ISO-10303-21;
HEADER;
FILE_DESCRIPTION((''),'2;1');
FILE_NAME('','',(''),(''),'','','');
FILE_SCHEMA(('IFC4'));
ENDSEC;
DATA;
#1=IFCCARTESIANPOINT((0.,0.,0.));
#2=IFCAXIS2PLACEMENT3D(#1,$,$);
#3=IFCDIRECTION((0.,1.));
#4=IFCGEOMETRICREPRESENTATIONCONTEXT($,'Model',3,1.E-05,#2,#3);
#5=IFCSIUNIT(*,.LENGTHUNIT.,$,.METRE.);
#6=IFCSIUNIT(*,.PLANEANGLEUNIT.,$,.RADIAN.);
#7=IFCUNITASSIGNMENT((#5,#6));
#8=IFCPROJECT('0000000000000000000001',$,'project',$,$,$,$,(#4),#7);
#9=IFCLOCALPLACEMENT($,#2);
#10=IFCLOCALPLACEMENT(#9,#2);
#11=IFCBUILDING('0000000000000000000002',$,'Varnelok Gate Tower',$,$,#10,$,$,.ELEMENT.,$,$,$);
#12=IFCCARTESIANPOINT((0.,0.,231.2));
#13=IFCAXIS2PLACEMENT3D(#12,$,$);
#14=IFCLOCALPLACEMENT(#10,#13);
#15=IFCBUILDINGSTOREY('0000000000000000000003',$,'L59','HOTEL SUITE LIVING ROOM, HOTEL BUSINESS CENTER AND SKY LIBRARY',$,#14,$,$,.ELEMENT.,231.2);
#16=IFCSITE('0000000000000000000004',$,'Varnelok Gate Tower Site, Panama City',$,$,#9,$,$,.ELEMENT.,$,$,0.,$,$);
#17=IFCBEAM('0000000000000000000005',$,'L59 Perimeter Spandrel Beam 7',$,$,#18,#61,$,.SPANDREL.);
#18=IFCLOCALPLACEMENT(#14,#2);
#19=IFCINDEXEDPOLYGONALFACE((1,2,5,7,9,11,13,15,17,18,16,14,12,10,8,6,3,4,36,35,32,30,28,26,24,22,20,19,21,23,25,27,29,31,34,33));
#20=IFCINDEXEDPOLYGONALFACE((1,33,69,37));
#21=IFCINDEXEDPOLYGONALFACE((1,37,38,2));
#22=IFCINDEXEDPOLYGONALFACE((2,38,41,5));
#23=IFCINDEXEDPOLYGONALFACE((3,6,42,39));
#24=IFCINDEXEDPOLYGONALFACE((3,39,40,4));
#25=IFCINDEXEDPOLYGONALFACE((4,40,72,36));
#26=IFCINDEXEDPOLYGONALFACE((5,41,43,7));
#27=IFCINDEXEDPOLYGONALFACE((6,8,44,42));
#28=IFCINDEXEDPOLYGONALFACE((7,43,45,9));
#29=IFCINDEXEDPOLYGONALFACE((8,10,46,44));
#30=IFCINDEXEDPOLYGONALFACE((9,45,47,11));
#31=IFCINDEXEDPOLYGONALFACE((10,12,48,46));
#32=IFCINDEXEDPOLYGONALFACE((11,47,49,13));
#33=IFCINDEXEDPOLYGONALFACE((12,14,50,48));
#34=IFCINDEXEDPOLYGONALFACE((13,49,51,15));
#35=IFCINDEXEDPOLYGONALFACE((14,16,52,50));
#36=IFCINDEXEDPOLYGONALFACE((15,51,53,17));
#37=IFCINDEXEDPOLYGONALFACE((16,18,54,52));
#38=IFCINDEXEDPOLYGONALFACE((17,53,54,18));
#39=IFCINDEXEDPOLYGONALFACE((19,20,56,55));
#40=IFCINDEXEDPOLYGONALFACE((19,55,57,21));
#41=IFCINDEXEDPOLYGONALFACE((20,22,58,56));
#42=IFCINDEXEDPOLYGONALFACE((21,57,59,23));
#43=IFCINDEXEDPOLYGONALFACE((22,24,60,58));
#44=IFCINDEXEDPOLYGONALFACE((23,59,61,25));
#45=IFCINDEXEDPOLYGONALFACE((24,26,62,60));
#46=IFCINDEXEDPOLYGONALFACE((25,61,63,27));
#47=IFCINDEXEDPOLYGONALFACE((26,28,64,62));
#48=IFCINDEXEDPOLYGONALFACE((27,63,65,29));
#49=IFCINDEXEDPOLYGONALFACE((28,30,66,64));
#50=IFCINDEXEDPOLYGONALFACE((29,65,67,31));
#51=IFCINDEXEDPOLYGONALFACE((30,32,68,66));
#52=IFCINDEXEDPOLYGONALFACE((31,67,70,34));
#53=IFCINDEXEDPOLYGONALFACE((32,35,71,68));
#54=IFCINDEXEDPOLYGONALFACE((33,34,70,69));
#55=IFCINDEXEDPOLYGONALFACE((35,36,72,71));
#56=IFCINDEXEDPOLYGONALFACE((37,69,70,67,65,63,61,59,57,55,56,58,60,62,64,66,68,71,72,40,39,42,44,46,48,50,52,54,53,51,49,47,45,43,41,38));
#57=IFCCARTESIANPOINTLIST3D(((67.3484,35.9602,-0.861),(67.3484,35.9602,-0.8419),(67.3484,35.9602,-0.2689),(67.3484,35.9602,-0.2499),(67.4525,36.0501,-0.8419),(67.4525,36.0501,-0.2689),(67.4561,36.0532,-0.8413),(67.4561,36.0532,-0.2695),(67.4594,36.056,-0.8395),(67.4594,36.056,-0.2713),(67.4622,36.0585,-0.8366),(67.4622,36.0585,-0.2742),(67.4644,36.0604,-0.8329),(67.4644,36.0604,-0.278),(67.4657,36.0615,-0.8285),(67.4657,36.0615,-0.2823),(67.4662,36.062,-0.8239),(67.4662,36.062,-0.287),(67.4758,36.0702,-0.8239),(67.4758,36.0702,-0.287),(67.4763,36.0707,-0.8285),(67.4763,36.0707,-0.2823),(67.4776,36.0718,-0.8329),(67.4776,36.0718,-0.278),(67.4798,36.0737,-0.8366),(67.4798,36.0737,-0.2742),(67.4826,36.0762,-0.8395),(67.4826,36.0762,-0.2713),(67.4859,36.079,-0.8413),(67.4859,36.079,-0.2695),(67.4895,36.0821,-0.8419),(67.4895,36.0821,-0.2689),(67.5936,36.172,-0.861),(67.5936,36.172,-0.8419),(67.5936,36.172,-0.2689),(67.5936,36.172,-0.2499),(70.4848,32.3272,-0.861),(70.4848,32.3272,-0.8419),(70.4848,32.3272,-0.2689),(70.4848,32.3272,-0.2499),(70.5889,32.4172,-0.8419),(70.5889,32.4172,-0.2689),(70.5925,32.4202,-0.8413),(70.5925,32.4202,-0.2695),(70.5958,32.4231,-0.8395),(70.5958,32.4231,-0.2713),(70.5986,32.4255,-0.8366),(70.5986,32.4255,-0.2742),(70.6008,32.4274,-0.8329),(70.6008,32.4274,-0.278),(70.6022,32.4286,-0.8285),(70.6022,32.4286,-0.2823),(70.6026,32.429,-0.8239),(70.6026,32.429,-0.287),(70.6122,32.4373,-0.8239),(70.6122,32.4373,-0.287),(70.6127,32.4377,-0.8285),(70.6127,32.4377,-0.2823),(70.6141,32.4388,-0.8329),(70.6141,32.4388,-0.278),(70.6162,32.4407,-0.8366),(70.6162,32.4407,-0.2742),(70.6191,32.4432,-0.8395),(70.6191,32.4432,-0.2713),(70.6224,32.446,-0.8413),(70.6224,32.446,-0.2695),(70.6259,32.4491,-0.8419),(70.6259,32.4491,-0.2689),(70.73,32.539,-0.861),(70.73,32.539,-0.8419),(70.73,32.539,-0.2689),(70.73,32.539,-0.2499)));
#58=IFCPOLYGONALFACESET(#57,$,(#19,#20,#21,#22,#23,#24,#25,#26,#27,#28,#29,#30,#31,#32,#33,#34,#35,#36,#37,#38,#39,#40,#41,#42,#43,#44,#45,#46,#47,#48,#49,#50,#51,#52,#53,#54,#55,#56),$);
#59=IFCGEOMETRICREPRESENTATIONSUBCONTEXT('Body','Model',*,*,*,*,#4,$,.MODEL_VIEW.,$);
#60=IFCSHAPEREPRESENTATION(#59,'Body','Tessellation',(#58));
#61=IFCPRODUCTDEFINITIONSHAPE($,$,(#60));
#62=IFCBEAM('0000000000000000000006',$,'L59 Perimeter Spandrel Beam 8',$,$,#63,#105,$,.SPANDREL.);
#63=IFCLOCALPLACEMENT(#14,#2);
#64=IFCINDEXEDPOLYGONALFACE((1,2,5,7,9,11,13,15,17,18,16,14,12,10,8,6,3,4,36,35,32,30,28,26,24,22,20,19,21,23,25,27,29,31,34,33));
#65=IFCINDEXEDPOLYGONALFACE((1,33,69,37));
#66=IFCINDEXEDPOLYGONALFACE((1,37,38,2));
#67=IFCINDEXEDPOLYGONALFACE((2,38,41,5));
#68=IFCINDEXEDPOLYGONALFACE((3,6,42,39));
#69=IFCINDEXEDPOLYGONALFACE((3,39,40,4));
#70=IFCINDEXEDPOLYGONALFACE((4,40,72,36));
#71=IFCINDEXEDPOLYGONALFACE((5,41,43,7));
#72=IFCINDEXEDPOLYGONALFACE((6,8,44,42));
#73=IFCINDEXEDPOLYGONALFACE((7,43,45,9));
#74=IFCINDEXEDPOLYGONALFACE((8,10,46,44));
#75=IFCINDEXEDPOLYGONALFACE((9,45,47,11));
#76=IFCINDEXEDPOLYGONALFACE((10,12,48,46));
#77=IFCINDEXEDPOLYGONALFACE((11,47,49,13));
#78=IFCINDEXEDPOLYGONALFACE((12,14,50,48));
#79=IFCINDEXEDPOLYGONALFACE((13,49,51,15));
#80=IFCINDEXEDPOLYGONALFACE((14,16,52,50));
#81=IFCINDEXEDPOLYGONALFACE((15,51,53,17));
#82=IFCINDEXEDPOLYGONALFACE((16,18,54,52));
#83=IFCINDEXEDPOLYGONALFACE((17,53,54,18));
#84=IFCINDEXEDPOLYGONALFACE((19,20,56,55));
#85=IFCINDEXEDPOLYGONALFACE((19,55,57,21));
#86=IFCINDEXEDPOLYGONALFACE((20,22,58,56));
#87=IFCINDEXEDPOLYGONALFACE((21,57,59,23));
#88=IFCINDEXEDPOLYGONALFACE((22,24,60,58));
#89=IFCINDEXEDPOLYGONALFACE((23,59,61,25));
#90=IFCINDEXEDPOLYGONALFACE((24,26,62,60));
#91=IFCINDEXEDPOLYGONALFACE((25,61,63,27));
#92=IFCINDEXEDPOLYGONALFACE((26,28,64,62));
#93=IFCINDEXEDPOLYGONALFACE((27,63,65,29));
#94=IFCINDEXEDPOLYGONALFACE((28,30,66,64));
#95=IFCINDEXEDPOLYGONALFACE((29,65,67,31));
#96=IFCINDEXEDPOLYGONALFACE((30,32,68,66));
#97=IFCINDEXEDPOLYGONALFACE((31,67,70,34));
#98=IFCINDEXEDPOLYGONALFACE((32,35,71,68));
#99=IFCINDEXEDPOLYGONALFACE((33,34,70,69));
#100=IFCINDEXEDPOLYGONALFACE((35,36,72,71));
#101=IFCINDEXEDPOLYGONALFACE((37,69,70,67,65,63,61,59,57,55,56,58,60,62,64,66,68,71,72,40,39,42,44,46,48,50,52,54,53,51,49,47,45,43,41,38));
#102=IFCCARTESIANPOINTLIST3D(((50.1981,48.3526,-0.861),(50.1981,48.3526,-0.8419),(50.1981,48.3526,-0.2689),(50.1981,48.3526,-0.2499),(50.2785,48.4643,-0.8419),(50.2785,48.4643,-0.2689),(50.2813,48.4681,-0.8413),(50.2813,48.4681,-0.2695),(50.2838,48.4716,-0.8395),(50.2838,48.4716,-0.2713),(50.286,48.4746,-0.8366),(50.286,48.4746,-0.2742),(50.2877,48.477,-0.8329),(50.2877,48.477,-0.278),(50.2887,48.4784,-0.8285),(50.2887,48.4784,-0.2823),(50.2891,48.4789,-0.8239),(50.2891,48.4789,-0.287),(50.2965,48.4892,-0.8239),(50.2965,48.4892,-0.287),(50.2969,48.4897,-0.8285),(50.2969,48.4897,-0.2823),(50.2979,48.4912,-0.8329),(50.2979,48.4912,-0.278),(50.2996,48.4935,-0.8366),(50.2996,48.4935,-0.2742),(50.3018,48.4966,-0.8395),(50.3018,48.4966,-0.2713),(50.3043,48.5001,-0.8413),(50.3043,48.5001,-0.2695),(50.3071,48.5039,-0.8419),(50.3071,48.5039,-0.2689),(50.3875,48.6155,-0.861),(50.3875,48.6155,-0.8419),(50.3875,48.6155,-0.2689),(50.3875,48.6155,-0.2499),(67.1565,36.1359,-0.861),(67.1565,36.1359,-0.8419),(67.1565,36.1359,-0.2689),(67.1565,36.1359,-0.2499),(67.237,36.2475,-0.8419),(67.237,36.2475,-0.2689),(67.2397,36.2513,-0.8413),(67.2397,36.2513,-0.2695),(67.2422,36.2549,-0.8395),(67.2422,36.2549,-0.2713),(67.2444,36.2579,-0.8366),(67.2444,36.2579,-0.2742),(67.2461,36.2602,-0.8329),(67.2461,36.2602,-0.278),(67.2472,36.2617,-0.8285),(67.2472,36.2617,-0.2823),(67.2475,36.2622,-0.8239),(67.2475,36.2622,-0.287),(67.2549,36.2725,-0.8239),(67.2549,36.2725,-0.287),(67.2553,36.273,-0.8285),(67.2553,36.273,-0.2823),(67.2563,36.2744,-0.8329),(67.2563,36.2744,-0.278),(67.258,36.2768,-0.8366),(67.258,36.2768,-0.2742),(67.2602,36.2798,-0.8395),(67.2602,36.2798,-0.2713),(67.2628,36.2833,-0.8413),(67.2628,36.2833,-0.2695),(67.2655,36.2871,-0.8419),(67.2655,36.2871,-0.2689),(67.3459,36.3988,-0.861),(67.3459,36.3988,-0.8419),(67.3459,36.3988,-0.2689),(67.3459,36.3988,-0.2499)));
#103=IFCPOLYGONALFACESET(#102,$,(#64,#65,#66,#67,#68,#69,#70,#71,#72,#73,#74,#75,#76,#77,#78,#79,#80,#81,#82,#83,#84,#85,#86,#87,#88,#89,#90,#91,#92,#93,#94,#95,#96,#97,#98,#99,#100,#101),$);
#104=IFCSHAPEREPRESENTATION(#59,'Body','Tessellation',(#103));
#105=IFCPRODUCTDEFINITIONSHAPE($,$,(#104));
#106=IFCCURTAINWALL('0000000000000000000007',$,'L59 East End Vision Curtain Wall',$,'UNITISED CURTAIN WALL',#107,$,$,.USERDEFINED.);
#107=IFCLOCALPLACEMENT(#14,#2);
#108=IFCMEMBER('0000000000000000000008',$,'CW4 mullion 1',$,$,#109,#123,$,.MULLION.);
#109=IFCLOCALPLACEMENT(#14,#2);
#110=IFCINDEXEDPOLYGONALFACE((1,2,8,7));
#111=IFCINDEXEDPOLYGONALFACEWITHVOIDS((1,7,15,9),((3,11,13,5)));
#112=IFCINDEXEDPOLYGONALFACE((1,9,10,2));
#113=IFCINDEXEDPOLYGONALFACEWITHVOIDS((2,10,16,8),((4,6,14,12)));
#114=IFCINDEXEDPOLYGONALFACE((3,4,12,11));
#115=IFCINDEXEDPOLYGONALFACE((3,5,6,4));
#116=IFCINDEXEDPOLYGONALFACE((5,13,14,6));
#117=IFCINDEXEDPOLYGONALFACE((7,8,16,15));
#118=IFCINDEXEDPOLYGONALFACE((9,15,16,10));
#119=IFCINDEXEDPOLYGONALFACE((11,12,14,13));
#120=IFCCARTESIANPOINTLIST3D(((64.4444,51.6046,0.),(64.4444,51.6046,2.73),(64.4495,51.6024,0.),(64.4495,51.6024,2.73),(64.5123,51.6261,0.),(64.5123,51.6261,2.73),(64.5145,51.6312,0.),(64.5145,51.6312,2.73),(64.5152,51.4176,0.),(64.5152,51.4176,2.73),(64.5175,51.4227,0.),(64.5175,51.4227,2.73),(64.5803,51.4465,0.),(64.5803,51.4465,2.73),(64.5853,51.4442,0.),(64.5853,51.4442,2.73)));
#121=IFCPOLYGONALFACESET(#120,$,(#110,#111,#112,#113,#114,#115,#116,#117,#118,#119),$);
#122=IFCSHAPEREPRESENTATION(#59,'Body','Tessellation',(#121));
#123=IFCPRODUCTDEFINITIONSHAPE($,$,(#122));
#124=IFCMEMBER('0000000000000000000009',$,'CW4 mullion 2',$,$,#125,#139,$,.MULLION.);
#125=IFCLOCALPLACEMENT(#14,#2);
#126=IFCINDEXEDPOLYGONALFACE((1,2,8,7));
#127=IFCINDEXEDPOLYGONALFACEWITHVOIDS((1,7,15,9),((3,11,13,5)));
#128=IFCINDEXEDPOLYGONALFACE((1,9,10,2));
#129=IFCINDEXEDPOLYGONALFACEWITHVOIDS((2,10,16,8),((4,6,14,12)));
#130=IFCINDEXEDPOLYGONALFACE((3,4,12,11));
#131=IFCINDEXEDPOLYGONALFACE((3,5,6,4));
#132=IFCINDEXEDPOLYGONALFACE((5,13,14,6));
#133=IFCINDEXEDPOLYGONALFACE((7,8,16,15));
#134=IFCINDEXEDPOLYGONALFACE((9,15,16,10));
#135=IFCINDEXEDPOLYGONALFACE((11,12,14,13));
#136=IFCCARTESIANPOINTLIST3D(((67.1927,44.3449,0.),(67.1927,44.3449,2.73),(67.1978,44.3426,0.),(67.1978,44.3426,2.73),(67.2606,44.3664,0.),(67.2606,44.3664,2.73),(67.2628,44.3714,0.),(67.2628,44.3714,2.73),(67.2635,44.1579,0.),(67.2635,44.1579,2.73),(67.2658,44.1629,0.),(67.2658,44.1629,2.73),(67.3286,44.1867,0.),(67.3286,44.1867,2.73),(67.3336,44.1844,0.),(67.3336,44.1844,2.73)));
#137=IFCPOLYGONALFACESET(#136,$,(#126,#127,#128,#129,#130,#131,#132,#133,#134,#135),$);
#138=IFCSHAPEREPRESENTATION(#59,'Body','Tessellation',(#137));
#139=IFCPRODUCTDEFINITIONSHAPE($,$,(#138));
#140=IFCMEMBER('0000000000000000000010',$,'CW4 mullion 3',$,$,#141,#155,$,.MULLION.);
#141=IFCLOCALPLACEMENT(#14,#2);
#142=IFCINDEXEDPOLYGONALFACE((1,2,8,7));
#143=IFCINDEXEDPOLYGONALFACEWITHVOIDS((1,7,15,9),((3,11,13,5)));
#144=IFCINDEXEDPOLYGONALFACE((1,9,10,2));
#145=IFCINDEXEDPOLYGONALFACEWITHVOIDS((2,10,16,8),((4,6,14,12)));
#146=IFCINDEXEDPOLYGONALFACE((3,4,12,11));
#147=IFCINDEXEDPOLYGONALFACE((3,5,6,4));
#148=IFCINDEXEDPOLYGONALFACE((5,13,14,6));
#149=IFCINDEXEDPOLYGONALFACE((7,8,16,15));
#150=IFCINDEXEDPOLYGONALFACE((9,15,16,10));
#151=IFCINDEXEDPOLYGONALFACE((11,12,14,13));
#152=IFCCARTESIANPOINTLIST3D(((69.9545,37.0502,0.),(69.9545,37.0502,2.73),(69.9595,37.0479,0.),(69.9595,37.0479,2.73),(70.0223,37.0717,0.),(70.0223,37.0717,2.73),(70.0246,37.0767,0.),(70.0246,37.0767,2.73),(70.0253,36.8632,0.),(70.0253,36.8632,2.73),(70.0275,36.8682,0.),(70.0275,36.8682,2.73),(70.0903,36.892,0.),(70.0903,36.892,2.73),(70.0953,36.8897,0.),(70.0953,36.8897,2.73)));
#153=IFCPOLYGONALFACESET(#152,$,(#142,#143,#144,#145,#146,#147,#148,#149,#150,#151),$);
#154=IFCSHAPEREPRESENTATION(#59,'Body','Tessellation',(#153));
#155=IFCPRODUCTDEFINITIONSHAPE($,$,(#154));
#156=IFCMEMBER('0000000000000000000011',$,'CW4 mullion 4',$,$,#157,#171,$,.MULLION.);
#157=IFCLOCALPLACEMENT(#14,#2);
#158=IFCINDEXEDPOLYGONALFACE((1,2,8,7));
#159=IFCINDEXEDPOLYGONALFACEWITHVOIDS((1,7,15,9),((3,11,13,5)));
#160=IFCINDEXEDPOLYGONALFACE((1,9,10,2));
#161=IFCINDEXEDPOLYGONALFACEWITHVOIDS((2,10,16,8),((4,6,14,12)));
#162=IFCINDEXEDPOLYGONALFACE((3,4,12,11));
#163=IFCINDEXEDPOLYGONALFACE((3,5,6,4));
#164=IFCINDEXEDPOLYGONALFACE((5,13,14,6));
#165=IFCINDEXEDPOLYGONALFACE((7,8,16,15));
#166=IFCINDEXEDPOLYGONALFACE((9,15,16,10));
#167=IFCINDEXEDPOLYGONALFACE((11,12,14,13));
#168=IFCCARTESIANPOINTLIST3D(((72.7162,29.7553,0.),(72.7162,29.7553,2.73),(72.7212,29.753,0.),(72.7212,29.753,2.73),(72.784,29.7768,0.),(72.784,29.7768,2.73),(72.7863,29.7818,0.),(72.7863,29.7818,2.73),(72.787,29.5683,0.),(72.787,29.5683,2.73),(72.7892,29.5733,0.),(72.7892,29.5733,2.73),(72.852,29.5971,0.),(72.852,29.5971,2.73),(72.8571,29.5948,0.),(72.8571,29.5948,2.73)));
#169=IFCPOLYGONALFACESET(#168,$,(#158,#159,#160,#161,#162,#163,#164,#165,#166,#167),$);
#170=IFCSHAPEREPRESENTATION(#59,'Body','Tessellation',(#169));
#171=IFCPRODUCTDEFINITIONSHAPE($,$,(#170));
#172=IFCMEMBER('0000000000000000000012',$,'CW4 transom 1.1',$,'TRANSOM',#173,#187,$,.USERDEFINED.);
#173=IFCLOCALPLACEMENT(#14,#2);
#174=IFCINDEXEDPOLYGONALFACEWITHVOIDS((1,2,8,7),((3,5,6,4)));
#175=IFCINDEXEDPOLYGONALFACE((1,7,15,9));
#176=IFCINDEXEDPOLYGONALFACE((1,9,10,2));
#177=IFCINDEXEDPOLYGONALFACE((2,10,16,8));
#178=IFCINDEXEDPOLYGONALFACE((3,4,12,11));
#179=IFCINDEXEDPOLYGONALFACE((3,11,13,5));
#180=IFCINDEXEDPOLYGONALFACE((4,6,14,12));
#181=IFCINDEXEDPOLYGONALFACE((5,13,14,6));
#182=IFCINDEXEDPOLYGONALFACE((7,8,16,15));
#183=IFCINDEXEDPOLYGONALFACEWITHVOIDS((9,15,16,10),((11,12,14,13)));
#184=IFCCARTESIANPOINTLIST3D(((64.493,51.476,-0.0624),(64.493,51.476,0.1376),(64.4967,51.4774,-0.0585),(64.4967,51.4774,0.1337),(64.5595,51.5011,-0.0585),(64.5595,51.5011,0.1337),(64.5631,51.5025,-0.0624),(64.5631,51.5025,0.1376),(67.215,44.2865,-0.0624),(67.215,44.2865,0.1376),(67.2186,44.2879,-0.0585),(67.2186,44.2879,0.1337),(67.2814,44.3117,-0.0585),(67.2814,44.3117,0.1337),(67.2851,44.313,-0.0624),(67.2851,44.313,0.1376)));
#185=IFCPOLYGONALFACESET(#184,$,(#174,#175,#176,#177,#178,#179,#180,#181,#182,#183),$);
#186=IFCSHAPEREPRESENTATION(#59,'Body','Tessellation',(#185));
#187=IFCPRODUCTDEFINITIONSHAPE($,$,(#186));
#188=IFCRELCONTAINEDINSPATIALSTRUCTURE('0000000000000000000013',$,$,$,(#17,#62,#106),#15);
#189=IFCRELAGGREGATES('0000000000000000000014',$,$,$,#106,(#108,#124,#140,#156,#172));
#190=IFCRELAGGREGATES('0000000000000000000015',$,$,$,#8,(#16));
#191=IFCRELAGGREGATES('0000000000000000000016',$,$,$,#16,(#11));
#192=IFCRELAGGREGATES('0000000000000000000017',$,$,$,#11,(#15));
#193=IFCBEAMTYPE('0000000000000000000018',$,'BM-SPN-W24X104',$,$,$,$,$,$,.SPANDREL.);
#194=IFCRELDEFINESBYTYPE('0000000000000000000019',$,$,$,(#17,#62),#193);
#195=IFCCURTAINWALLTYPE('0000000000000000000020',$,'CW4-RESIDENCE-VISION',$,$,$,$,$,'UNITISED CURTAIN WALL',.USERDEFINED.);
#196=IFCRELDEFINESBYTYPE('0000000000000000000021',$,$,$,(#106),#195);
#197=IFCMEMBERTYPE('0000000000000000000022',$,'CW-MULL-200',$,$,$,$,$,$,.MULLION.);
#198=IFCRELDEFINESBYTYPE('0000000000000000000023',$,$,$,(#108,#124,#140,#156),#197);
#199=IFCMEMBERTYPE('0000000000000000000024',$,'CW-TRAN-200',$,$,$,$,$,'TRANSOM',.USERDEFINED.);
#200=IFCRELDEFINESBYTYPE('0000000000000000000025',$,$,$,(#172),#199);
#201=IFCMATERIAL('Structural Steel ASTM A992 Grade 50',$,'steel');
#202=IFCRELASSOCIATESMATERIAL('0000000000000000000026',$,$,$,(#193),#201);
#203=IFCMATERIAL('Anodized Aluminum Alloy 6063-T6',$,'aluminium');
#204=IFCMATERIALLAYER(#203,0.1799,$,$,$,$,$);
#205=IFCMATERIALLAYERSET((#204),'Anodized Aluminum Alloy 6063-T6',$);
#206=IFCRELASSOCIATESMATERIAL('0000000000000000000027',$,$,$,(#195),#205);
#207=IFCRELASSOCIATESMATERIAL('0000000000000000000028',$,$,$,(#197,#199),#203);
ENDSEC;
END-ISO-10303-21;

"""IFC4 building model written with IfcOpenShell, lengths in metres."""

from ifc_helpers import new_model, si_unit, direction, frame, origin, origin_2d, place, context, subcontext, project, spatial, hollow_rectangle, i_section, extrude, material, layer, layer_set, material_profile, profile_set, type_object, element, aggregate, save


model = new_model("IFC4")

# Units and contexts
model_context = context("Model", 3, precision=1e-05, world=origin(), true_north=direction((0.0, 1.0)))
body_context = subcontext(model_context, "Body", "Model", "MODEL_VIEW")
ifc_project = project(units=[si_unit("LENGTHUNIT", "METRE"), si_unit("PLANEANGLEUNIT", "RADIAN")], contexts=[model_context])

# Site, building, storey
site_placement = place(None, origin())
site = spatial("IfcSite", under=ifc_project, at=site_placement, Name="Varnelok Gate Tower Site, Panama City", CompositionType="ELEMENT", RefElevation=0.0)
building_placement = place(site_placement, origin())
building = spatial("IfcBuilding", under=site, at=building_placement, Name="Varnelok Gate Tower", CompositionType="ELEMENT")
storey_placement = place(building_placement, frame((0.0, 0.0, 231.2)))
storey = spatial("IfcBuildingStorey", under=building, at=storey_placement, Name="L59", Description="HOTEL SUITE LIVING ROOM, HOTEL BUSINESS CENTER AND SKY LIBRARY", CompositionType="ELEMENT", Elevation=231.2)

# Shared definitions
ifc_material_1 = material(Name="Structural Steel ASTM A992 Grade 50", Category="steel")

# Beams
ifc_material_profile_1 = material_profile(ifc_material_1, i_section(OverallWidth=0.324, OverallDepth=0.6111, WebThickness=0.0127, FlangeThickness=0.019, FilletRadius=0.0181, at=origin_2d()), Name="W24X104")
ifc_profile_set_1 = profile_set([ifc_material_profile_1], Name="Structural Steel ASTM A992 Grade 50")
beam_type_1 = type_object("IfcBeamType", Name="BM-SPN-W24X104", PredefinedType="SPANDREL", material=ifc_profile_set_1)
beam_1_placement = place(storey_placement, frame((70.6074, 32.4331, -0.5554), z_axis=(-0.653481, 0.756943, 0.0), x_axis=(-0.756943, -0.653481, 0.0)))
element("IfcBeam", 1, at=beam_1_placement, inside=storey, type_object=beam_type_1, Name="L59 Perimeter Spandrel Beam 7", PredefinedType="SPANDREL", context=body_context, shape_type="SweptSolid", body=[
    extrude(i_section(OverallWidth=0.324, OverallDepth=0.6111, WebThickness=0.0127, FlangeThickness=0.019, FilletRadius=0.0181, at=origin_2d()), origin(), (0.0, 0.0, 1.0), 4.7996),
])
beam_2_placement = place(storey_placement, frame((67.2512, 36.2673, -0.5554), z_axis=(-0.811383, 0.584515, 0.0), x_axis=(-0.584515, -0.811383, 0.0)))
element("IfcBeam", 2, at=beam_2_placement, inside=storey, type_object=beam_type_1, Name="L59 Perimeter Spandrel Beam 8", PredefinedType="SPANDREL", context=body_context, shape_type="SweptSolid", body=[
    extrude(i_section(OverallWidth=0.324, OverallDepth=0.6111, WebThickness=0.0127, FlangeThickness=0.019, FilletRadius=0.0181, at=origin_2d()), origin(), (0.0, 0.0, 1.0), 20.9006),
])

# Curtain wall, members
ifc_material_2 = material(Name="Anodized Aluminum Alloy 6063-T6", Category="aluminium")
ifc_layer_1 = layer(ifc_material_2, 0.1799)
ifc_layer_set_1 = layer_set([ifc_layer_1], Name="Anodized Aluminum Alloy 6063-T6")
curtain_wall_type = type_object("IfcCurtainWallType", Name="CW4-RESIDENCE-VISION", ElementType="UNITISED CURTAIN WALL", PredefinedType="USERDEFINED", material=ifc_layer_set_1)
curtain_wall_placement = place(storey_placement, origin())
curtain_wall = element("IfcCurtainWall", 3, at=curtain_wall_placement, inside=storey, type_object=curtain_wall_type, Name="L59 East End Vision Curtain Wall", ObjectType="UNITISED CURTAIN WALL", PredefinedType="USERDEFINED")
ifc_material_profile_2 = material_profile(ifc_material_2, hollow_rectangle(XDim=0.075, YDim=0.2, WallThickness=0.0039, at=origin_2d()), Name="ALU200X75X4")
ifc_profile_set_2 = profile_set([ifc_material_profile_2], Name="Anodized Aluminum Alloy 6063-T6")
member_type_1 = type_object("IfcMemberType", Name="CW-MULL-200", PredefinedType="MULLION", material=ifc_profile_set_2)
member_1_placement = place(storey_placement, frame((64.5149, 51.5244, 0.0), z_axis=(0.0, 0.0, 1.0), x_axis=(0.935222, 0.354063, 0.0)))
member_1 = element("IfcMember", 4, at=member_1_placement, type_object=member_type_1, Name="CW4 mullion 1", PredefinedType="MULLION", context=body_context, shape_type="SweptSolid", body=[
    extrude(hollow_rectangle(XDim=0.075, YDim=0.2, WallThickness=0.0039, at=origin_2d()), origin(), (0.0, 0.0, 1.0), 2.73),
])
member_2_placement = place(storey_placement, frame((67.2632, 44.2646, 0.0), z_axis=(0.0, 0.0, 1.0), x_axis=(0.935222, 0.354063, 0.0)))
member_2 = element("IfcMember", 5, at=member_2_placement, type_object=member_type_1, Name="CW4 mullion 2", PredefinedType="MULLION", context=body_context, shape_type="SweptSolid", body=[
    extrude(hollow_rectangle(XDim=0.075, YDim=0.2, WallThickness=0.0039, at=origin_2d()), origin(), (0.0, 0.0, 1.0), 2.73),
])
member_3_placement = place(storey_placement, frame((70.0249, 36.97, 0.0), z_axis=(0.0, 0.0, 1.0), x_axis=(0.935222, 0.354063, 0.0)))
member_3 = element("IfcMember", 6, at=member_3_placement, type_object=member_type_1, Name="CW4 mullion 3", PredefinedType="MULLION", context=body_context, shape_type="SweptSolid", body=[
    extrude(hollow_rectangle(XDim=0.075, YDim=0.2, WallThickness=0.0039, at=origin_2d()), origin(), (0.0, 0.0, 1.0), 2.73),
])
member_4_placement = place(storey_placement, frame((72.7866, 29.675, 0.0), z_axis=(0.0, 0.0, 1.0), x_axis=(0.935222, 0.354063, 0.0)))
member_4 = element("IfcMember", 7, at=member_4_placement, type_object=member_type_1, Name="CW4 mullion 4", PredefinedType="MULLION", context=body_context, shape_type="SweptSolid", body=[
    extrude(hollow_rectangle(XDim=0.075, YDim=0.2, WallThickness=0.0039, at=origin_2d()), origin(), (0.0, 0.0, 1.0), 2.73),
])
ifc_material_profile_3 = material_profile(ifc_material_2, hollow_rectangle(XDim=0.075, YDim=0.2, WallThickness=0.0039, at=origin_2d()), Name="ALU200X75X4")
ifc_profile_set_3 = profile_set([ifc_material_profile_3], Name="Anodized Aluminum Alloy 6063-T6")
member_type_2 = type_object("IfcMemberType", Name="CW-TRAN-200", ElementType="TRANSOM", PredefinedType="USERDEFINED", material=ifc_profile_set_3)
member_5_placement = place(storey_placement, frame((64.5281, 51.4893, 0.0376), z_axis=(0.354073, -0.935218, 0.0), x_axis=(0.935218, 0.354073, 0.0)))
member_5 = element("IfcMember", 8, at=member_5_placement, type_object=member_type_2, Name="CW4 transom 1.1", ObjectType="TRANSOM", PredefinedType="USERDEFINED", context=body_context, shape_type="SweptSolid", body=[
    extrude(hollow_rectangle(XDim=0.075, YDim=0.2, WallThickness=0.0039, at=origin_2d()), origin(), (0.0, 0.0, 1.0), 7.6875),
])
aggregate(curtain_wall, [member_1, member_2, member_3, member_4, member_5])

save(model, "model.ifc")
